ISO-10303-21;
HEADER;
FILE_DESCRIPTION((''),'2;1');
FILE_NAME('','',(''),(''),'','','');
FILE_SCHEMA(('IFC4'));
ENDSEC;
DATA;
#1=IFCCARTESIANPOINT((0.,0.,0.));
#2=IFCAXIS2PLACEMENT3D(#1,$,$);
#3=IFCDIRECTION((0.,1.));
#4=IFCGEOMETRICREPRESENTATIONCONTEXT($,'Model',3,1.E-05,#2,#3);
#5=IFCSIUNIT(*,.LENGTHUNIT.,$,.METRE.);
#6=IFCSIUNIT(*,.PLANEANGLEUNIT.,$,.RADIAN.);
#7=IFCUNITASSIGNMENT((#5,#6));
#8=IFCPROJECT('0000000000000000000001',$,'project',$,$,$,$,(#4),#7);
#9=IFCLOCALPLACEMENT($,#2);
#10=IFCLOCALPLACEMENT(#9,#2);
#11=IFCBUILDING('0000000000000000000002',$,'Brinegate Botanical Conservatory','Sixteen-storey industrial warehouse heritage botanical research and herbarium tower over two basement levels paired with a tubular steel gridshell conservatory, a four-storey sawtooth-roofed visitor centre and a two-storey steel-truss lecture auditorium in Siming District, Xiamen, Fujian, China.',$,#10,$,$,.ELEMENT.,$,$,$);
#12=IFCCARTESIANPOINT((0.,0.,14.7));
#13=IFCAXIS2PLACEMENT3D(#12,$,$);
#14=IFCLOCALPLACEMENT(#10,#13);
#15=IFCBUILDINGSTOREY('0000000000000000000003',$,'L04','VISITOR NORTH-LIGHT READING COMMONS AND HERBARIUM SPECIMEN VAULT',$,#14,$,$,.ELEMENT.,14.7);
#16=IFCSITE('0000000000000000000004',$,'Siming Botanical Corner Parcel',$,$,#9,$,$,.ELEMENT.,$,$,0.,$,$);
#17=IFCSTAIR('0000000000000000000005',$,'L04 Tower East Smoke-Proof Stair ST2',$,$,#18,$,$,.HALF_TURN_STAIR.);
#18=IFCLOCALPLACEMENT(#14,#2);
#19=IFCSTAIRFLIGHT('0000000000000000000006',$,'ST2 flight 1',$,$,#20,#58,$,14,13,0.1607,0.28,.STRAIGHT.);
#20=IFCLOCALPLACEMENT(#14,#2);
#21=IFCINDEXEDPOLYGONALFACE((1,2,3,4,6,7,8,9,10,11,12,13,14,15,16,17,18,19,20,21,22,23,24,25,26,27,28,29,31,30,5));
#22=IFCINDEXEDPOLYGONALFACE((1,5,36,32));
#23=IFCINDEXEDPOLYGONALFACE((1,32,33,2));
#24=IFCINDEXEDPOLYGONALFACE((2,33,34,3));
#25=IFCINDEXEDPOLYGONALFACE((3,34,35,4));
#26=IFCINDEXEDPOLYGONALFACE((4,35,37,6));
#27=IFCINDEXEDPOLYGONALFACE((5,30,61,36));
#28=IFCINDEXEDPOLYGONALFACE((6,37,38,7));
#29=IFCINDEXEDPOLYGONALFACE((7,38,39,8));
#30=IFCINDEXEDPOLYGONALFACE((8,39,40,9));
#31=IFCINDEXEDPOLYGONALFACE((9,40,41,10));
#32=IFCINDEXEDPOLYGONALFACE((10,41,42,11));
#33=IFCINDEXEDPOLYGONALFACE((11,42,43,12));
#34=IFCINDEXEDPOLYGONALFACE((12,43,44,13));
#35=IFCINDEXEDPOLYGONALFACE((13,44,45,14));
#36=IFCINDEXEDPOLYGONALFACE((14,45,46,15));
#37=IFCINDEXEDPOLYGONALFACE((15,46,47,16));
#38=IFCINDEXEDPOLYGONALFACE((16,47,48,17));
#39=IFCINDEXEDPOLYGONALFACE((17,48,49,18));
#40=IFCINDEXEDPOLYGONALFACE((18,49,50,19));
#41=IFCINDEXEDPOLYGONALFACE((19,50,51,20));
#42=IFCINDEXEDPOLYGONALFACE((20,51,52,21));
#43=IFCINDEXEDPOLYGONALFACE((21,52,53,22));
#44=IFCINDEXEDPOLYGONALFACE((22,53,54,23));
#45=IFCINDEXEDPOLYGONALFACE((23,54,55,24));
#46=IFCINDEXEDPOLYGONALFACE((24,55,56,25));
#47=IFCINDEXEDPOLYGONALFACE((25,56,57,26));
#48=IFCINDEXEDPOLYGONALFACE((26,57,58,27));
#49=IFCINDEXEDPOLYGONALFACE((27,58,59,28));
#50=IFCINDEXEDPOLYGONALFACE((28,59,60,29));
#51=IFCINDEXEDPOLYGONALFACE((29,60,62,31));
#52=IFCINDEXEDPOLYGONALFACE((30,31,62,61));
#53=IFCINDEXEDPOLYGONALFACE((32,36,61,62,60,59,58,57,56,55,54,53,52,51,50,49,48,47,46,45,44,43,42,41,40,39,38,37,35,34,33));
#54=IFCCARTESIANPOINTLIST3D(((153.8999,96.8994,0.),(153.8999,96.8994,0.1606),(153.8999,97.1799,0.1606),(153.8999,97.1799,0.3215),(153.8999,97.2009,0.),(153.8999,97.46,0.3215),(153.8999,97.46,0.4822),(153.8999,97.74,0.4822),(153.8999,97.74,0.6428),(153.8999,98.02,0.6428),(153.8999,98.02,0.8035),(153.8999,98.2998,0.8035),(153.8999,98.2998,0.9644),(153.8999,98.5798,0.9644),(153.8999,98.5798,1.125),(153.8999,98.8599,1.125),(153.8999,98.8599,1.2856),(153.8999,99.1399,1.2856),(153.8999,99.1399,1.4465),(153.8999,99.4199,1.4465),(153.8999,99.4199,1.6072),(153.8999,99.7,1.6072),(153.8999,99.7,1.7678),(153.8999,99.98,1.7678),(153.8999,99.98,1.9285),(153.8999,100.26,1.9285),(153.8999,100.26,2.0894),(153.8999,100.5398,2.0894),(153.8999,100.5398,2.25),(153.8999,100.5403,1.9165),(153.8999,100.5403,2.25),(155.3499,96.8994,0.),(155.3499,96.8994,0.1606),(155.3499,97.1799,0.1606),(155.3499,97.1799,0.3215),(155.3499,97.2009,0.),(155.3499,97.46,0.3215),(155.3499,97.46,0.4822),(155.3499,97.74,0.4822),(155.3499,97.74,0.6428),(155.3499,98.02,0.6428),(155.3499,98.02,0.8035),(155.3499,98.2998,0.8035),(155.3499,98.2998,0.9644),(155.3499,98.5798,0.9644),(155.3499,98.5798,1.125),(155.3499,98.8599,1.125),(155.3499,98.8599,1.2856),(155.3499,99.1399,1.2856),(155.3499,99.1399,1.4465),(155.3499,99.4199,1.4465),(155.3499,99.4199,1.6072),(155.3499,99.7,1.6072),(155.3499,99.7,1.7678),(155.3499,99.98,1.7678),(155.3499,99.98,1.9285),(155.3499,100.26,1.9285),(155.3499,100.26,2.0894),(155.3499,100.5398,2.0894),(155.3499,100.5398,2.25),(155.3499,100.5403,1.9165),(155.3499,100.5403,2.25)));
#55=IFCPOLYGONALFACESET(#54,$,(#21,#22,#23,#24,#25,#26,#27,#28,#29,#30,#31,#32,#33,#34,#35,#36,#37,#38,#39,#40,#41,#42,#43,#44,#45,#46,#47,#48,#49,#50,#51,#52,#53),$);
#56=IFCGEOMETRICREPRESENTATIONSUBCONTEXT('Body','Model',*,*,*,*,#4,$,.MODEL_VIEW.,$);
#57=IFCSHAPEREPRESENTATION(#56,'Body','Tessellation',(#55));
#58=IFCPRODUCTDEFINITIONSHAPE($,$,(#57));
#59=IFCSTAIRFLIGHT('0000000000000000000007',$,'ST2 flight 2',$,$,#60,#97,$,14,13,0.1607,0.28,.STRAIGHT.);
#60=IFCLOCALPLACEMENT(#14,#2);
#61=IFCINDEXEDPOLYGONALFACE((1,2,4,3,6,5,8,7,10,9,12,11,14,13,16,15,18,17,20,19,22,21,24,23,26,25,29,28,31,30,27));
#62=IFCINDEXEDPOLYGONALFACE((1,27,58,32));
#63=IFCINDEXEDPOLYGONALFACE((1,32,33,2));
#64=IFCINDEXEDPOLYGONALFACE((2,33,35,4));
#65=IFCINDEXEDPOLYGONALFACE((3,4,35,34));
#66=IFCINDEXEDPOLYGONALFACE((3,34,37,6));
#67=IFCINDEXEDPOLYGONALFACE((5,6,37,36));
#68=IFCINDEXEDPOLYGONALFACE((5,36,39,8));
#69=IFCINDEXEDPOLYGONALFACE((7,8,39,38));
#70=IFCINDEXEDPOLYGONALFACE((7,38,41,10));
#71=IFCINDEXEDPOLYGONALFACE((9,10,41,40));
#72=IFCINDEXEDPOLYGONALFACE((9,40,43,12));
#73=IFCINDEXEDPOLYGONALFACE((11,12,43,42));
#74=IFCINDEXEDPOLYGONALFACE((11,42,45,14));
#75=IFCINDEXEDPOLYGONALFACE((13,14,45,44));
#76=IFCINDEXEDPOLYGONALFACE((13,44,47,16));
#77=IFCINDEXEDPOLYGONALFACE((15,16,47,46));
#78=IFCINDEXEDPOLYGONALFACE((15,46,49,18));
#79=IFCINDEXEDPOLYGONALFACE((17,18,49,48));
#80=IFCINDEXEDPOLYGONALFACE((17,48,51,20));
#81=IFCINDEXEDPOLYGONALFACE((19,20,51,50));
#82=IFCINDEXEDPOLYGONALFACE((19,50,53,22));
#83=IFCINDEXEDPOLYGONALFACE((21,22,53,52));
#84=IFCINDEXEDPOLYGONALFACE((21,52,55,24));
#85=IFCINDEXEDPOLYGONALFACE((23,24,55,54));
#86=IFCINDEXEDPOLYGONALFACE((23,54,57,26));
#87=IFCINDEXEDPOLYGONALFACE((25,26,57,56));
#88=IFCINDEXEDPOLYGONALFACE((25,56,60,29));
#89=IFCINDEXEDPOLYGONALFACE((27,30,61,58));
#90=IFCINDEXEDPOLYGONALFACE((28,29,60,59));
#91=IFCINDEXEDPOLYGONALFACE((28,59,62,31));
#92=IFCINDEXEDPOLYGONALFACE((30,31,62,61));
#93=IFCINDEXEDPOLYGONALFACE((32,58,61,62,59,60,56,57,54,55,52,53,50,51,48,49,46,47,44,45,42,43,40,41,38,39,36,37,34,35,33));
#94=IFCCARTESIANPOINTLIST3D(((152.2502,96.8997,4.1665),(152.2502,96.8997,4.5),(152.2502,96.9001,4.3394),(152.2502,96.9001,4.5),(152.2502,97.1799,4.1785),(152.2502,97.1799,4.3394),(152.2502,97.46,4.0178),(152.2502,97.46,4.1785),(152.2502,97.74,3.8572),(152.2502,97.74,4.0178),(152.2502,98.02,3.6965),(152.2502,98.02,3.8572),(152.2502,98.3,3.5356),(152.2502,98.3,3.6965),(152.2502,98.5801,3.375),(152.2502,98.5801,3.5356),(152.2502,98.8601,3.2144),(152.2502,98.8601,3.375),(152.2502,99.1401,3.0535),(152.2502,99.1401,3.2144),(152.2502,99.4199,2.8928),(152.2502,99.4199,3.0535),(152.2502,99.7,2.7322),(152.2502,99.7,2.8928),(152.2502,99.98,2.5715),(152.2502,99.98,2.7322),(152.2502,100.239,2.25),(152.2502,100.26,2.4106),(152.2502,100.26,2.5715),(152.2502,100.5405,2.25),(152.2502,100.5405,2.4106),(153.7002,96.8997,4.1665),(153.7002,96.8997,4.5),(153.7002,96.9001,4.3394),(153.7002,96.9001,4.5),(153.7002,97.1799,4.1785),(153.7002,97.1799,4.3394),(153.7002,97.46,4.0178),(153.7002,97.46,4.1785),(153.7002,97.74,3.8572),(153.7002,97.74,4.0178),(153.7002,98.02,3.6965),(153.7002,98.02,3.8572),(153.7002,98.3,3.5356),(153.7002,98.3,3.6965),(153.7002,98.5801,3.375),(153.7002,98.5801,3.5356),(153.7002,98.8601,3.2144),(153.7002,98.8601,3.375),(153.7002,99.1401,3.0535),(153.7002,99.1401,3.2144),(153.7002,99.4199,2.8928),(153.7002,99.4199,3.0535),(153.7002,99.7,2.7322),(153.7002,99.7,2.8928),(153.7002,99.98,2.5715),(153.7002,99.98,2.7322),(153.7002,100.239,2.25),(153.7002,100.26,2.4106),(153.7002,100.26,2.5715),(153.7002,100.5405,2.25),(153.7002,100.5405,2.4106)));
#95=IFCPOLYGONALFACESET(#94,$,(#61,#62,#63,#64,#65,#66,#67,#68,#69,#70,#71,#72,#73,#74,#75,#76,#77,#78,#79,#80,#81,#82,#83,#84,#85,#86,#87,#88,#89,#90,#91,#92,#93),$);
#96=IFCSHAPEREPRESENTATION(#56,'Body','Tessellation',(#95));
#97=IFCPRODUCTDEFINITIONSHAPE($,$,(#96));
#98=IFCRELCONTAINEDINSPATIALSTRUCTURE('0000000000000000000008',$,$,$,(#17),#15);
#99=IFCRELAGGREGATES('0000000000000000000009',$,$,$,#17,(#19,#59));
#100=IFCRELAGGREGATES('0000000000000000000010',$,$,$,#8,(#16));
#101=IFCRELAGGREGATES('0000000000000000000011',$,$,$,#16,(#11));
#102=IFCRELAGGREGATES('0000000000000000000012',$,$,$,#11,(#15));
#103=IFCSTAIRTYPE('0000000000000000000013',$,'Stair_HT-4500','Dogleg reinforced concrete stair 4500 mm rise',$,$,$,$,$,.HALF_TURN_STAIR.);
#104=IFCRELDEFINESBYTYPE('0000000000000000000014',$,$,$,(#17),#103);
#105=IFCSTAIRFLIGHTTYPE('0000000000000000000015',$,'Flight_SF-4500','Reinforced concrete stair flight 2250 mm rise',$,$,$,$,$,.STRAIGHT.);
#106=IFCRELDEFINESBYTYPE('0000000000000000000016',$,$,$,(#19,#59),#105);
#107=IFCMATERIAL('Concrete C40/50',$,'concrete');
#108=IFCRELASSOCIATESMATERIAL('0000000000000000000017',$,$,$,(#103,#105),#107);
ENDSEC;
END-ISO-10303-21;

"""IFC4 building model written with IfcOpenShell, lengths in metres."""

from ifc_helpers import new_model, si_unit, direction, frame, origin, place, context, subcontext, project, spatial, polyline, outline, extrude, material, type_object, element, aggregate, save


model = new_model("IFC4")

# Units and contexts
model_context = context("Model", 3, precision=1e-05, world=origin(), true_north=direction((0.0, 1.0)))
body_context = subcontext(model_context, "Body", "Model", "MODEL_VIEW")
ifc_project = project(units=[si_unit("LENGTHUNIT", "METRE"), si_unit("PLANEANGLEUNIT", "RADIAN")], contexts=[model_context])

# Site, building, storey
site_placement = place(None, origin())
site = spatial("IfcSite", under=ifc_project, at=site_placement, Name="Siming Botanical Corner Parcel", CompositionType="ELEMENT", RefElevation=0.0)
building_placement = place(site_placement, origin())
building = spatial("IfcBuilding", under=site, at=building_placement, Name="Brinegate Botanical Conservatory", Description="Sixteen-storey industrial warehouse heritage botanical research and herbarium tower over two basement levels paired with a tubular steel gridshell conservatory, a four-storey sawtooth-roofed visitor centre and a two-storey steel-truss lecture auditorium in Siming District, Xiamen, Fujian, China.", CompositionType="ELEMENT")
storey_placement = place(building_placement, frame((0.0, 0.0, 14.7)))
storey = spatial("IfcBuildingStorey", under=building, at=storey_placement, Name="L04", Description="VISITOR NORTH-LIGHT READING COMMONS AND HERBARIUM SPECIMEN VAULT", CompositionType="ELEMENT", Elevation=14.7)

# Shared definitions
ifc_material_1 = material(Name="Concrete C40/50", Category="concrete")

# Stair, stair flights
stair_type = type_object("IfcStairType", Name="Stair_HT-4500", Description="Dogleg reinforced concrete stair 4500 mm rise", PredefinedType="HALF_TURN_STAIR", material=ifc_material_1)
stair_placement = place(storey_placement, origin())
stair = element("IfcStair", 1, at=stair_placement, inside=storey, type_object=stair_type, Name="L04 Tower East Smoke-Proof Stair ST2", PredefinedType="HALF_TURN_STAIR")
stair_flight_type = type_object("IfcStairFlightType", Name="Flight_SF-4500", Description="Reinforced concrete stair flight 2250 mm rise", PredefinedType="STRAIGHT", material=ifc_material_1)
stair_flight_1_placement = place(storey_placement, frame((154.625, 96.8999, 0.0), z_axis=(0.0, 0.0, 1.0), x_axis=(0.0, 1.0, 0.0)))
stair_flight_1 = element("IfcStairFlight", 2, at=stair_flight_1_placement, type_object=stair_flight_type, Name="ST2 flight 1", NumberOfRisers=14, NumberOfTreads=13, PredefinedType="STRAIGHT", RiserHeight=0.1607, TreadLength=0.28, context=body_context, shape_type="SweptSolid", body=[
    extrude(outline(polyline([(-0.0005, 0.0), (-0.0005, 0.1606), (0.28, 0.1606), (0.28, 0.3215), (0.5601, 0.3215), (0.5601, 0.4822), (0.8401, 0.4822), (0.8401, 0.6428), (1.1201, 0.6428), (1.1201, 0.8035), (1.3999, 0.8035), (1.3999, 0.9644), (1.6799, 0.9644), (1.6799, 1.125), (1.96, 1.125), (1.96, 1.2856), (2.24, 1.2856), (2.24, 1.4465), (2.52, 1.4465), (2.52, 1.6072), (2.8, 1.6072), (2.8, 1.7678), (3.0801, 1.7678), (3.0801, 1.9285), (3.3601, 1.9285), (3.3601, 2.0894), (3.6399, 2.0894), (3.6399, 2.25), (3.6404, 2.25), (3.6404, 1.9165), (0.301, 0.0), (-0.0005, 0.0)])), frame((0.0, 0.7251, 0.0), z_axis=(0.0, -1.0, 0.0), x_axis=(1.0, 0.0, 0.0)), (0.0, 0.0, 1.0), 1.45),
])
stair_flight_2_placement = place(storey_placement, frame((152.9751, 100.54, 2.25), z_axis=(0.0, 0.0, 1.0), x_axis=(0.0, -1.0, 0.0)))
stair_flight_2 = element("IfcStairFlight", 3, at=stair_flight_2_placement, type_object=stair_flight_type, Name="ST2 flight 2", NumberOfRisers=14, NumberOfTreads=13, PredefinedType="STRAIGHT", RiserHeight=0.1607, TreadLength=0.28, context=body_context, shape_type="SweptSolid", body=[
    extrude(outline(polyline([(-0.0005, 0.0), (-0.0005, 0.1606), (0.28, 0.1606), (0.28, 0.3215), (0.5601, 0.3215), (0.5601, 0.4822), (0.8401, 0.4822), (0.8401, 0.6428), (1.1201, 0.6428), (1.1201, 0.8035), (1.3999, 0.8035), (1.3999, 0.9644), (1.6799, 0.9644), (1.6799, 1.125), (1.96, 1.125), (1.96, 1.2856), (2.24, 1.2856), (2.24, 1.4465), (2.52, 1.4465), (2.52, 1.6072), (2.8, 1.6072), (2.8, 1.7678), (3.0801, 1.7678), (3.0801, 1.9285), (3.3601, 1.9285), (3.3601, 2.0894), (3.6399, 2.0894), (3.6399, 2.25), (3.6404, 2.25), (3.6404, 1.9165), (0.301, 0.0), (-0.0005, 0.0)])), frame((0.0, 0.7251, 0.0), z_axis=(0.0, -1.0, 0.0), x_axis=(1.0, 0.0, 0.0)), (0.0, 0.0, 1.0), 1.45),
])
aggregate(stair, [stair_flight_1, stair_flight_2])

save(model, "model.ifc")
